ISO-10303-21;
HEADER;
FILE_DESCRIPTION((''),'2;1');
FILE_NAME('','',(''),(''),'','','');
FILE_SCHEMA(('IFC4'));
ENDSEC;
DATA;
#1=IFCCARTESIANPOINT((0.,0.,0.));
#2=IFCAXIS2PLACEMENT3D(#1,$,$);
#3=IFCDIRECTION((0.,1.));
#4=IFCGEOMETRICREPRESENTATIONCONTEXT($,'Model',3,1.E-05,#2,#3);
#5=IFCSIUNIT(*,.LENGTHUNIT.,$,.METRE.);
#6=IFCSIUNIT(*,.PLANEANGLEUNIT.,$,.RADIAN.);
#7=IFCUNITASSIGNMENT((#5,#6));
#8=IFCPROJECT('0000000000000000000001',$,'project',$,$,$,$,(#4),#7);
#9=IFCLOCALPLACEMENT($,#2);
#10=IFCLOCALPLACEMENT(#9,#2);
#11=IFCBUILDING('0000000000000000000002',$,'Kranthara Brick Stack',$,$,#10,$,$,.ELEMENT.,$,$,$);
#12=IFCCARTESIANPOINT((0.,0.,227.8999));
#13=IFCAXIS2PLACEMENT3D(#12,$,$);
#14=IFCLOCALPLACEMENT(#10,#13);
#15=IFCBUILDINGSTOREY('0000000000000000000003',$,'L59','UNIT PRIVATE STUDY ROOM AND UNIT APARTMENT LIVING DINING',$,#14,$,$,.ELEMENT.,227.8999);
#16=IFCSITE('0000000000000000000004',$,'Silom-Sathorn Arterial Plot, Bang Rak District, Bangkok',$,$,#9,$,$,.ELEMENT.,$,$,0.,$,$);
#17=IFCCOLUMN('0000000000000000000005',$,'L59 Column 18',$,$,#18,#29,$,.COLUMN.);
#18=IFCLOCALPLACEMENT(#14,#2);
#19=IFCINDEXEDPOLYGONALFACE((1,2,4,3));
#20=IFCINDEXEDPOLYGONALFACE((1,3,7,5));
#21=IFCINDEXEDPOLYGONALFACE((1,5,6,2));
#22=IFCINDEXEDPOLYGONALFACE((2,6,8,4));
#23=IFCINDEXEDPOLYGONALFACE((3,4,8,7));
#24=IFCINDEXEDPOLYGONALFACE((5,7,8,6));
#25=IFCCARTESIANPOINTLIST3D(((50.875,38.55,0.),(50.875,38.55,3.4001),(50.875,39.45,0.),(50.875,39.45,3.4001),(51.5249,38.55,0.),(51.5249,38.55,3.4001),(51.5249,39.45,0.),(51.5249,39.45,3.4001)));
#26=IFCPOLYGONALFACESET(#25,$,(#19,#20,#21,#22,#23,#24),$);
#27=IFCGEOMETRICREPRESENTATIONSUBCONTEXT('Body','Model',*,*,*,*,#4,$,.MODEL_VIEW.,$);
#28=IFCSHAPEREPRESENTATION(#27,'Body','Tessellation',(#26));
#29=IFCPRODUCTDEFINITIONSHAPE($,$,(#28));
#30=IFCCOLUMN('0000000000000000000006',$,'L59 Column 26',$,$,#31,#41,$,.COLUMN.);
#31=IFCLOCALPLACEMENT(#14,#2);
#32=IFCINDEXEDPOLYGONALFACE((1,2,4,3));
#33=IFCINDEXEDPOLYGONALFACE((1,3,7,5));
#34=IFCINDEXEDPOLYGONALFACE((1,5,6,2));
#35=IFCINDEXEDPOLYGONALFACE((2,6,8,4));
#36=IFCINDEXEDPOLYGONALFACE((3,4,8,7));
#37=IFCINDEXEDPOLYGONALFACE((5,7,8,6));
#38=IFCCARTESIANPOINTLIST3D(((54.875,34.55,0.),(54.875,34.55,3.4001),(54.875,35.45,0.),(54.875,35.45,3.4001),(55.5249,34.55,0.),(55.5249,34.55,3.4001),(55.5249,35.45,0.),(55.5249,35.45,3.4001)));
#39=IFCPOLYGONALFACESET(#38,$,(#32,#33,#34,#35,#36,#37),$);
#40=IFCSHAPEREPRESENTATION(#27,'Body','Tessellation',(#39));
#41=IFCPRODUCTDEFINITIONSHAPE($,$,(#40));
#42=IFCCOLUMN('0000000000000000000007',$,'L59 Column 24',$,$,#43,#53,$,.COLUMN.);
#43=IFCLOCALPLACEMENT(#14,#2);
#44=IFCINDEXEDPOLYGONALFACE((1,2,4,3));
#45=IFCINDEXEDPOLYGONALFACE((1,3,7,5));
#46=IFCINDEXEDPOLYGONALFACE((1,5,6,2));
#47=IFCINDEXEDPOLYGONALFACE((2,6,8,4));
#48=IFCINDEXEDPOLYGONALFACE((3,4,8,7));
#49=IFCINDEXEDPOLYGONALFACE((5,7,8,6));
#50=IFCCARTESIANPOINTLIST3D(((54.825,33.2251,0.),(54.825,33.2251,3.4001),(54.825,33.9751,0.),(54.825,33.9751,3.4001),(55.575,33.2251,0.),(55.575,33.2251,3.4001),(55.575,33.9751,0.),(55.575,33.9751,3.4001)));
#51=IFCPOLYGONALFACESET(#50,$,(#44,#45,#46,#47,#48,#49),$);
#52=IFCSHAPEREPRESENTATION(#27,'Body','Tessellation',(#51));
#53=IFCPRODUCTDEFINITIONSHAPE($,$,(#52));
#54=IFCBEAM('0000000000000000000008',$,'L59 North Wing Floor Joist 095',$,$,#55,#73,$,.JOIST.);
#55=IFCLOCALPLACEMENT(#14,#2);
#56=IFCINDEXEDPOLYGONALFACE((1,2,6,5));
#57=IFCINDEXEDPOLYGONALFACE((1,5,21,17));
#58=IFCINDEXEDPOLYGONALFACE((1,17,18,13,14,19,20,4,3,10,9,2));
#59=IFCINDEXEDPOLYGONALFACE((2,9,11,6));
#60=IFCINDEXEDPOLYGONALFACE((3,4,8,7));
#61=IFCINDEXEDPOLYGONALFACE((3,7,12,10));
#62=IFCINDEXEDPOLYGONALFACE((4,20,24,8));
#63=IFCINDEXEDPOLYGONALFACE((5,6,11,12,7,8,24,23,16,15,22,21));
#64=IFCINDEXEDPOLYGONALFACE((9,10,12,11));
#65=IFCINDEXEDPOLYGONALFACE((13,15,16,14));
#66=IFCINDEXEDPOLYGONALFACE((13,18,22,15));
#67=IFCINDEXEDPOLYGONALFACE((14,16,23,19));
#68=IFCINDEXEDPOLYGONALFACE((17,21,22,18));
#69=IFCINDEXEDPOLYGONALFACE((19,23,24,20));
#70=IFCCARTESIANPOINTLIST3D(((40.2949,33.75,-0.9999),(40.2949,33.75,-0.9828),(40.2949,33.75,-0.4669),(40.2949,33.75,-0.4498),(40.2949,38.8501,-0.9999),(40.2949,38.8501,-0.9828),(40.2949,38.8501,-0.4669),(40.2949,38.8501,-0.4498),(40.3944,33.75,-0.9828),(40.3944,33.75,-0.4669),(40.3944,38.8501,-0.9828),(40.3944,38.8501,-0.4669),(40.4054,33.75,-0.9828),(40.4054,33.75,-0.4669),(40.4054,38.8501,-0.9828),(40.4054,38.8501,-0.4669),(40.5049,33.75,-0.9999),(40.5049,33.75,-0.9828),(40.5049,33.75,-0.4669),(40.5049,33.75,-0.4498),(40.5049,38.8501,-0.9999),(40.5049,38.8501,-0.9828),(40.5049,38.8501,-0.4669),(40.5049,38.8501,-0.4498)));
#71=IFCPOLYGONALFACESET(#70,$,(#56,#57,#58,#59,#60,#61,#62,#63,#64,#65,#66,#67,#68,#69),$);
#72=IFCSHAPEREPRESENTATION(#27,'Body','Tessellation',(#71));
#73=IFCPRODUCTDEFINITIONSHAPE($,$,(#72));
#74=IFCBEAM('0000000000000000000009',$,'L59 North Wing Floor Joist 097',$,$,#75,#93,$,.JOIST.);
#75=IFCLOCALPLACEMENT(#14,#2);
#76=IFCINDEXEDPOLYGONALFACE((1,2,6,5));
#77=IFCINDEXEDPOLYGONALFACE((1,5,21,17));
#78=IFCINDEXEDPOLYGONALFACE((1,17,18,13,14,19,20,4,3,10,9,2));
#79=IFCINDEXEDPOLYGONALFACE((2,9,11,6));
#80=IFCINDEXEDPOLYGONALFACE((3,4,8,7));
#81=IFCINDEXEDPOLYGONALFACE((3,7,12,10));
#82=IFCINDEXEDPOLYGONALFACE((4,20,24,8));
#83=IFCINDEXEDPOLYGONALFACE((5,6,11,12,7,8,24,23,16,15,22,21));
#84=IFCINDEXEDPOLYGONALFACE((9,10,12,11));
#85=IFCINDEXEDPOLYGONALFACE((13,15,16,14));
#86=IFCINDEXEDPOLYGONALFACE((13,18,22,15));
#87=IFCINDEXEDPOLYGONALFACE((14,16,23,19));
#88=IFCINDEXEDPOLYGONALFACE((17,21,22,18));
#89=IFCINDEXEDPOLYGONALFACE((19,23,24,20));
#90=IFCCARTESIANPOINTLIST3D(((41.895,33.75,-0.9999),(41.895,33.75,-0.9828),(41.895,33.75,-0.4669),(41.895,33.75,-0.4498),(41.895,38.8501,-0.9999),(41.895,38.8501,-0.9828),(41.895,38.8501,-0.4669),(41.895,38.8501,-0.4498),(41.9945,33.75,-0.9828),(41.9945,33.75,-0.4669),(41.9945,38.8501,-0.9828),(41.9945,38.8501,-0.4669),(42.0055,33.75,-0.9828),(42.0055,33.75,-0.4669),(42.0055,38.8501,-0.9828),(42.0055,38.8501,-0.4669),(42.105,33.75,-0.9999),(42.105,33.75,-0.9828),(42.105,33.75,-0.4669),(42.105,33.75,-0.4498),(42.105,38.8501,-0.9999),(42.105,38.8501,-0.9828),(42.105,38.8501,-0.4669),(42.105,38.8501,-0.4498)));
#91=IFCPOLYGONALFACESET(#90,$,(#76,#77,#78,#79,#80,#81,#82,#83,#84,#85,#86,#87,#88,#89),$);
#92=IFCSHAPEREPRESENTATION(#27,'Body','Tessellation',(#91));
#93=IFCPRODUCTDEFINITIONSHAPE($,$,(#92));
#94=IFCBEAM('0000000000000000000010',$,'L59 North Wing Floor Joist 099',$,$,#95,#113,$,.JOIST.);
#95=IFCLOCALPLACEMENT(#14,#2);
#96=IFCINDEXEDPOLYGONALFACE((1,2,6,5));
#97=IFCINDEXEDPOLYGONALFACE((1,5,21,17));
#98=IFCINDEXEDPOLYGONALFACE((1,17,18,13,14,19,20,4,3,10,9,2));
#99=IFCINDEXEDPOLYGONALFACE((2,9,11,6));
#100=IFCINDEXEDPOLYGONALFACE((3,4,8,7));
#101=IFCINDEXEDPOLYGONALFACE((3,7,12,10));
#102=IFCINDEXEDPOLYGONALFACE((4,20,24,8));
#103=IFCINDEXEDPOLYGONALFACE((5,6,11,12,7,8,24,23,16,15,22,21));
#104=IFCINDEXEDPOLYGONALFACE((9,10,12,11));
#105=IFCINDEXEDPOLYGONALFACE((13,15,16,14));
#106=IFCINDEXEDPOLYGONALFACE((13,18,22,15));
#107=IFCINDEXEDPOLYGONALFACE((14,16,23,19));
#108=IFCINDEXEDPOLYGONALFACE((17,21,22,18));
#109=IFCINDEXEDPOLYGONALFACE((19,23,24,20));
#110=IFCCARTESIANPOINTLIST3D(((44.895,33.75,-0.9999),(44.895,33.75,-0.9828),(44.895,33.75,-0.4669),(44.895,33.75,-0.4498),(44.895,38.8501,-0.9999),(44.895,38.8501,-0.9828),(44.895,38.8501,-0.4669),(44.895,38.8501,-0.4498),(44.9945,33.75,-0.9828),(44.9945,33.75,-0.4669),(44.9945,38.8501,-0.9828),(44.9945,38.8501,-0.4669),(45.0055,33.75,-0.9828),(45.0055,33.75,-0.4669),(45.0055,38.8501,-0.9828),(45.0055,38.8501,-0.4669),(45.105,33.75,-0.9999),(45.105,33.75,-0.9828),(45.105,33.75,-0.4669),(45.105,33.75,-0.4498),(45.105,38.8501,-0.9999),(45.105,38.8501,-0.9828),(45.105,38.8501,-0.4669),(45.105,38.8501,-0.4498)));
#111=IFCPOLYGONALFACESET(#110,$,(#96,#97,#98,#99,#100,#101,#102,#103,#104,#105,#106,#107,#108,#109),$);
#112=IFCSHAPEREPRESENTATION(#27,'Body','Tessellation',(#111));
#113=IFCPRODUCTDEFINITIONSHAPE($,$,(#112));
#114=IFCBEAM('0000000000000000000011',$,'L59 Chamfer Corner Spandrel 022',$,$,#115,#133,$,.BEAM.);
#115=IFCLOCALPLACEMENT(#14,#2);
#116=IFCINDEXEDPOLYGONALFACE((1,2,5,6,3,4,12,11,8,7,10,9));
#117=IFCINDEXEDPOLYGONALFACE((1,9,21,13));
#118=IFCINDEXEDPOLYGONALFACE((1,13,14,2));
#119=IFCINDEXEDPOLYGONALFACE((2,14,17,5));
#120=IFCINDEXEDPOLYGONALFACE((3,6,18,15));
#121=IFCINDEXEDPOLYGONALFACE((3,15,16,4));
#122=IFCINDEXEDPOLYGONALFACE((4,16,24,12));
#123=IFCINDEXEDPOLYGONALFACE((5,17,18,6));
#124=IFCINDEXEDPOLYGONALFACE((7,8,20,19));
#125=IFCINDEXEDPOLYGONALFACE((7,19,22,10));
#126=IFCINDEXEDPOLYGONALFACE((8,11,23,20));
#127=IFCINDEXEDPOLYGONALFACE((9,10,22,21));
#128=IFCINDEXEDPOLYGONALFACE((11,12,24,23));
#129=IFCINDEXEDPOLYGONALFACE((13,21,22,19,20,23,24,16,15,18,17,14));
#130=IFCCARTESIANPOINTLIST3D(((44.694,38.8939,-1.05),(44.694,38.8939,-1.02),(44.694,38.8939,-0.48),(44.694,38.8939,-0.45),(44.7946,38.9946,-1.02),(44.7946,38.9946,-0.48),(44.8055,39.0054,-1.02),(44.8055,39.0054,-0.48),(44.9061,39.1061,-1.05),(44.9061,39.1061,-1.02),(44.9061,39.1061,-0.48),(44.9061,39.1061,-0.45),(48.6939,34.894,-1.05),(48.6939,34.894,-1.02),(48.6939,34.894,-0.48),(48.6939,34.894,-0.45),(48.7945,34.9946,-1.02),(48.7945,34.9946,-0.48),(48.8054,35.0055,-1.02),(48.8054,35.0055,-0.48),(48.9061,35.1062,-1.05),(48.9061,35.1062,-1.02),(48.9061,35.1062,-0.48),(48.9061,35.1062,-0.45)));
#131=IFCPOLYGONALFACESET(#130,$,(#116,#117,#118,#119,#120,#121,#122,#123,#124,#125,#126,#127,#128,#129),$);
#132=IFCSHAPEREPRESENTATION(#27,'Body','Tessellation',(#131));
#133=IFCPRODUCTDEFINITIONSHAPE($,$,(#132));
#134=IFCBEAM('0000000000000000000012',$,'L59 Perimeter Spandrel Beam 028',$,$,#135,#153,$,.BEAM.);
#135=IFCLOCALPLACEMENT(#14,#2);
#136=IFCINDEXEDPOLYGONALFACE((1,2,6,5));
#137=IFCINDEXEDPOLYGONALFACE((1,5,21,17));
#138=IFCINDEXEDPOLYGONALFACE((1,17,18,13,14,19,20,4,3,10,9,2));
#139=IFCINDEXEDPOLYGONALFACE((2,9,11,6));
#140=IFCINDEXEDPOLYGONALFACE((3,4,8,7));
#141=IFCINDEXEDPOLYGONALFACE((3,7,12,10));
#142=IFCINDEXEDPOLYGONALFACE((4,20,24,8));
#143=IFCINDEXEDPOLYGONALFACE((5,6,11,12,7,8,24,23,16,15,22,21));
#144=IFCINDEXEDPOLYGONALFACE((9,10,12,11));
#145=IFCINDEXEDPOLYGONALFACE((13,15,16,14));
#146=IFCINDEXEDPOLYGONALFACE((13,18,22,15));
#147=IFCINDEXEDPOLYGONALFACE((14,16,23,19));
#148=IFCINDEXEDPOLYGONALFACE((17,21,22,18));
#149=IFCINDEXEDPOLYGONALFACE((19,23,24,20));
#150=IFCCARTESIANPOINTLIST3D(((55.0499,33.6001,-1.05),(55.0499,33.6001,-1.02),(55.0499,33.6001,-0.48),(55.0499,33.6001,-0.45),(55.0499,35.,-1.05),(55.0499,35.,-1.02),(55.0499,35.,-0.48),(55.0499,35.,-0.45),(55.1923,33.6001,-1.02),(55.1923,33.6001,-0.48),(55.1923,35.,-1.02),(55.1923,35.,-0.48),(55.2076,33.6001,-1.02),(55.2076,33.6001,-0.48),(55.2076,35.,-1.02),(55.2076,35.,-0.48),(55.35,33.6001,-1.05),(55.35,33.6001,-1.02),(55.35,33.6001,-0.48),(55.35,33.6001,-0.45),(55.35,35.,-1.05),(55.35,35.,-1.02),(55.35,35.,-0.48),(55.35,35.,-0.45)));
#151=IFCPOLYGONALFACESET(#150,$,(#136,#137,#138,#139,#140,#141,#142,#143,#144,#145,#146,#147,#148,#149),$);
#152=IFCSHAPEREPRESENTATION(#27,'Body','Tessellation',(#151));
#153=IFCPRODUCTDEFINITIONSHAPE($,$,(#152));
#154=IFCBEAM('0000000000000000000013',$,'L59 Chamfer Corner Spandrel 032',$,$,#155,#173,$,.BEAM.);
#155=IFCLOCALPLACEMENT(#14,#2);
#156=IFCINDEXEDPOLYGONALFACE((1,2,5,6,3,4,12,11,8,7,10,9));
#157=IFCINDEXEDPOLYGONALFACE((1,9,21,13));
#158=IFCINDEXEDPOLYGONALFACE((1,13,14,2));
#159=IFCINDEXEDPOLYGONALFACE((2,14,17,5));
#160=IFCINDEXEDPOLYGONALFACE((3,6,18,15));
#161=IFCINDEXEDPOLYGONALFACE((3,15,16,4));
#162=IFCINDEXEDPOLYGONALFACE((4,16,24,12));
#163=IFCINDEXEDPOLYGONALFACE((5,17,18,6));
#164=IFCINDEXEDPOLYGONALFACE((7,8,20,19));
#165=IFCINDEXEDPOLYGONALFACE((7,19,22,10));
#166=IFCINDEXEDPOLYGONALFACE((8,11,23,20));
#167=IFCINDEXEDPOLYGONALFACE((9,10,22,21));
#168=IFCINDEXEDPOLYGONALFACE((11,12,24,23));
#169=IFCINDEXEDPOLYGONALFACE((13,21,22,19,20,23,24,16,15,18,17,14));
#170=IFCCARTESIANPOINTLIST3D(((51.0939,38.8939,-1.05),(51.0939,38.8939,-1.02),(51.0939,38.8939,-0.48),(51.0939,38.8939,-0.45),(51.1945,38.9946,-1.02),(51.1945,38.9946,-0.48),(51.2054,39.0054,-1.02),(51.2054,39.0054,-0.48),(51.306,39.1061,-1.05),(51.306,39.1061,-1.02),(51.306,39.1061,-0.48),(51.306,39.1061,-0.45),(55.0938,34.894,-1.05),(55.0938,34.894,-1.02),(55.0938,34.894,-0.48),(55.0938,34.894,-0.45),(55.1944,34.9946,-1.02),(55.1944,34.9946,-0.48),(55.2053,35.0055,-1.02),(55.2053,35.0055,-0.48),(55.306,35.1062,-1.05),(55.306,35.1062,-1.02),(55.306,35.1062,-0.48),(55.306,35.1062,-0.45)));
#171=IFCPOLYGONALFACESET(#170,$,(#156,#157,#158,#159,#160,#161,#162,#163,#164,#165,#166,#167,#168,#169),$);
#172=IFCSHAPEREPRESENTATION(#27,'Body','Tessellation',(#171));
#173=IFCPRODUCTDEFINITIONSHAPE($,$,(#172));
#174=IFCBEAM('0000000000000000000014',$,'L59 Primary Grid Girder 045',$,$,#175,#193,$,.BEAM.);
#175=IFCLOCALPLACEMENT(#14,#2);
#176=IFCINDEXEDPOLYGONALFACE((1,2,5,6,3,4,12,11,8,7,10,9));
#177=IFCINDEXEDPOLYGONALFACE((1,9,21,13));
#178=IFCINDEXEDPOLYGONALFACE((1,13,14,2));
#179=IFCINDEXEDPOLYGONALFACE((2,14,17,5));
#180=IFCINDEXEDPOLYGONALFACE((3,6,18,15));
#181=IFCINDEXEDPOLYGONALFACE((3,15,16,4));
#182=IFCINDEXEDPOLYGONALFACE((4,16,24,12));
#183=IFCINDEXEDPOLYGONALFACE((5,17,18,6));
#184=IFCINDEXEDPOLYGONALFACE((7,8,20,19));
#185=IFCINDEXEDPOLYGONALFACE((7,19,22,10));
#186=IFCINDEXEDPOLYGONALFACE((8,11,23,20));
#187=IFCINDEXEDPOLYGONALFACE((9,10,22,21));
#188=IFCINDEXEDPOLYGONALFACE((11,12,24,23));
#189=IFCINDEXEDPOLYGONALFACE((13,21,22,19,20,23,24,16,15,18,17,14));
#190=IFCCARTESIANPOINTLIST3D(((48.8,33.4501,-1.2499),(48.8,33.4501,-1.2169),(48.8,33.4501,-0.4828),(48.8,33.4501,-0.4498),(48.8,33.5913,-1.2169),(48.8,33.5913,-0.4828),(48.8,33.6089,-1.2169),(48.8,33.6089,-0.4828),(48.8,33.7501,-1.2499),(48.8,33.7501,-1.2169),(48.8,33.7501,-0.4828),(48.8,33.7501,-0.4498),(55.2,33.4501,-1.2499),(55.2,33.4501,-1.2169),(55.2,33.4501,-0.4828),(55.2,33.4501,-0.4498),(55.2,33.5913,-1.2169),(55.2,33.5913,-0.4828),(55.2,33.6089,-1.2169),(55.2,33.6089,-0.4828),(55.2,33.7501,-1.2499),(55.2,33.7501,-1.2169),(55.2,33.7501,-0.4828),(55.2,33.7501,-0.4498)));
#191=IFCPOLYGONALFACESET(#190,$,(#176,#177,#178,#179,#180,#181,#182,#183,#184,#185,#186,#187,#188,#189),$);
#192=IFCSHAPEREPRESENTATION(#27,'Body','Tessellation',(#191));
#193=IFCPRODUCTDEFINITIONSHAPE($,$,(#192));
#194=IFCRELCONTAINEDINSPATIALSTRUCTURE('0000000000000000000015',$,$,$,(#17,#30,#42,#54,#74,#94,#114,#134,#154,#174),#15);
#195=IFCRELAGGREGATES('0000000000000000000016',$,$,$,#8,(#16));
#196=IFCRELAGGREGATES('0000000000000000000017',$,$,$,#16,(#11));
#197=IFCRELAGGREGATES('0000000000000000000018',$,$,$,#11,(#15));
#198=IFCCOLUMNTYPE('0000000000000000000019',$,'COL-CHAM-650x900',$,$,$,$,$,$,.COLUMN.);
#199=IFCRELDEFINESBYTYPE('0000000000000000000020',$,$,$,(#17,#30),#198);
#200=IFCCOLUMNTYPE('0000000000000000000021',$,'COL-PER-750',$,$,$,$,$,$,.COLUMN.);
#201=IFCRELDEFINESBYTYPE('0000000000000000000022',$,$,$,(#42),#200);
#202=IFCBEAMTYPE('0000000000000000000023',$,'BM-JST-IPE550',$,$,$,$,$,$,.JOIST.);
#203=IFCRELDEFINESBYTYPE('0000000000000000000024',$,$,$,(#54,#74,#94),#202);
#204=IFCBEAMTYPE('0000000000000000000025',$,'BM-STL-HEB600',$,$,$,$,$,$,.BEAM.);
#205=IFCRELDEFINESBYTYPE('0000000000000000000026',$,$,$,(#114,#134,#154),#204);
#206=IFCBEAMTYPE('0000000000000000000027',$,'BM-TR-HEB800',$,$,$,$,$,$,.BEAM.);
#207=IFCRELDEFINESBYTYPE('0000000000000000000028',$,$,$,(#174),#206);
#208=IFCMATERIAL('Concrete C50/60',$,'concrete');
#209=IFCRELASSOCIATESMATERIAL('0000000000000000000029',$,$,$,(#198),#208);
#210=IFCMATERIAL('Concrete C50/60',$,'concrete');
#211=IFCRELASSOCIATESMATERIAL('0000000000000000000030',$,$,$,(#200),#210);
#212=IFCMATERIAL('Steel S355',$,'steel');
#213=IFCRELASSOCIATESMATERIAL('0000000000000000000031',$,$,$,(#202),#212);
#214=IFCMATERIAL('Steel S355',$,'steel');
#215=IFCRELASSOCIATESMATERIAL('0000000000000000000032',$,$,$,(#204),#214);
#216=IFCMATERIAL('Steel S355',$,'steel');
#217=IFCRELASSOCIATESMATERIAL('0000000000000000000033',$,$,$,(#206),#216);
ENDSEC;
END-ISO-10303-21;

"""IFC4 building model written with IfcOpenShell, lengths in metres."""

from ifc_helpers import new_model, si_unit, direction, frame, origin, origin_2d, place, context, subcontext, project, spatial, rectangle, i_section, extrude, material, material_profile, profile_set, type_object, element, save


model = new_model("IFC4")

# Units and contexts
model_context = context("Model", 3, precision=1e-05, world=origin(), true_north=direction((0.0, 1.0)))
body_context = subcontext(model_context, "Body", "Model", "MODEL_VIEW")
ifc_project = project(units=[si_unit("LENGTHUNIT", "METRE"), si_unit("PLANEANGLEUNIT", "RADIAN")], contexts=[model_context])

# Site, building, storey
site_placement = place(None, origin())
site = spatial("IfcSite", under=ifc_project, at=site_placement, Name="Silom-Sathorn Arterial Plot, Bang Rak District, Bangkok", CompositionType="ELEMENT", RefElevation=0.0)
building_placement = place(site_placement, origin())
building = spatial("IfcBuilding", under=site, at=building_placement, Name="Kranthara Brick Stack", CompositionType="ELEMENT")
storey_placement = place(building_placement, frame((0.0, 0.0, 227.8999)))
storey = spatial("IfcBuildingStorey", under=building, at=storey_placement, Name="L59", Description="UNIT PRIVATE STUDY ROOM AND UNIT APARTMENT LIVING DINING", CompositionType="ELEMENT", Elevation=227.8999)

# Columns
ifc_material_1 = material(Name="Concrete C50/60", Category="concrete")
ifc_material_profile_1 = material_profile(ifc_material_1, rectangle(XDim=0.6499, YDim=0.8999, at=origin_2d()), Name="RC 650x900")
ifc_profile_set_1 = profile_set([ifc_material_profile_1], Name="Concrete C50/60")
column_type_1 = type_object("IfcColumnType", Name="COL-CHAM-650x900", PredefinedType="COLUMN", material=ifc_profile_set_1)
for number, where, z_axis, x_axis, name in (
    (1, (51.2, 39.0, 0.0), (0.0, 0.0, 1.0), (1.0, 0.0, 0.0), "L59 Column 18"),
    (2, (55.2, 35.0, 0.0), (0.0, 0.0, 1.0), (1.0, 0.0, 0.0), "L59 Column 26"),
):
    element("IfcColumn", number, at=place(storey_placement, frame(where, z_axis=z_axis, x_axis=x_axis)), inside=storey, type_object=column_type_1, Name=name, PredefinedType="COLUMN", context=body_context, shape_type="SweptSolid", body=[
        extrude(rectangle(XDim=0.6499, YDim=0.8999, at=origin_2d()), origin(), (0.0, 0.0, 1.0), 3.4001),
    ])
ifc_material_2 = material(Name="Concrete C50/60", Category="concrete")
ifc_material_profile_2 = material_profile(ifc_material_2, rectangle(XDim=0.75, YDim=0.75, at=origin_2d()), Name="RC 750x750")
ifc_profile_set_2 = profile_set([ifc_material_profile_2], Name="Concrete C50/60")
column_type_2 = type_object("IfcColumnType", Name="COL-PER-750", PredefinedType="COLUMN", material=ifc_profile_set_2)
column_placement = place(storey_placement, frame((55.2, 33.6001, 0.0), z_axis=(0.0, 0.0, 1.0), x_axis=(1.0, 0.0, 0.0)))
element("IfcColumn", 3, at=column_placement, inside=storey, type_object=column_type_2, Name="L59 Column 24", PredefinedType="COLUMN", context=body_context, shape_type="SweptSolid", body=[
    extrude(rectangle(XDim=0.75, YDim=0.75, at=origin_2d()), origin(), (0.0, 0.0, 1.0), 3.4001),
])

# Beams
ifc_material_3 = material(Name="Steel S355", Category="steel")
ifc_material_profile_3 = material_profile(ifc_material_3, i_section(OverallWidth=0.21, OverallDepth=0.55, WebThickness=0.011, FlangeThickness=0.0171, at=origin_2d()), Name="IPE 550")
ifc_profile_set_3 = profile_set([ifc_material_profile_3], Name="Steel S355")
beam_type_1 = type_object("IfcBeamType", Name="BM-JST-IPE550", PredefinedType="JOIST", material=ifc_profile_set_3)
for number, where, z_axis, x_axis, name in (
    (4, (40.3999, 33.75, -0.7249), (0.0, 1.0, 0.0), (-1.0, 0.0, 0.0), "L59 North Wing Floor Joist 095"),
    (5, (42.0, 33.75, -0.7249), (0.0, 1.0, 0.0), (-1.0, 0.0, 0.0), "L59 North Wing Floor Joist 097"),
    (6, (45.0, 33.75, -0.7249), (0.0, 1.0, 0.0), (-1.0, 0.0, 0.0), "L59 North Wing Floor Joist 099"),
):
    element("IfcBeam", number, at=place(storey_placement, frame(where, z_axis=z_axis, x_axis=x_axis)), inside=storey, type_object=beam_type_1, Name=name, PredefinedType="JOIST", context=body_context, shape_type="SweptSolid", body=[
        extrude(i_section(OverallWidth=0.21, OverallDepth=0.55, WebThickness=0.011, FlangeThickness=0.0171, at=origin_2d()), origin(), (0.0, 0.0, 1.0), 5.1001),
    ])
ifc_material_4 = material(Name="Steel S355", Category="steel")
ifc_material_profile_4 = material_profile(ifc_material_4, i_section(OverallWidth=0.3, OverallDepth=0.6001, WebThickness=0.0154, FlangeThickness=0.03, at=origin_2d()), Name="HEB 600")
ifc_profile_set_4 = profile_set([ifc_material_profile_4], Name="Steel S355")
beam_type_2 = type_object("IfcBeamType", Name="BM-STL-HEB600", PredefinedType="BEAM", material=ifc_profile_set_4)
beam_1_placement = place(storey_placement, frame((44.8, 39.0, -0.75), z_axis=(0.707107, -0.707107, 0.0), x_axis=(0.707107, 0.707107, 0.0)))
element("IfcBeam", 7, at=beam_1_placement, inside=storey, type_object=beam_type_2, Name="L59 Chamfer Corner Spandrel 022", PredefinedType="BEAM", context=body_context, shape_type="SweptSolid", body=[
    extrude(i_section(OverallWidth=0.3, OverallDepth=0.6001, WebThickness=0.0154, FlangeThickness=0.03, at=origin_2d()), origin(), (0.0, 0.0, 1.0), 5.6567),
])
beam_2_placement = place(storey_placement, frame((55.2, 33.6001, -0.75), z_axis=(0.0, 1.0, 0.0), x_axis=(-1.0, 0.0, 0.0)))
element("IfcBeam", 8, at=beam_2_placement, inside=storey, type_object=beam_type_2, Name="L59 Perimeter Spandrel Beam 028", PredefinedType="BEAM", context=body_context, shape_type="SweptSolid", body=[
    extrude(i_section(OverallWidth=0.3, OverallDepth=0.6001, WebThickness=0.0154, FlangeThickness=0.03, at=origin_2d()), origin(), (0.0, 0.0, 1.0), 1.3999),
])
beam_3_placement = place(storey_placement, frame((51.2, 39.0, -0.75), z_axis=(0.707107, -0.707107, 0.0), x_axis=(0.707107, 0.707107, 0.0)))
element("IfcBeam", 9, at=beam_3_placement, inside=storey, type_object=beam_type_2, Name="L59 Chamfer Corner Spandrel 032", PredefinedType="BEAM", context=body_context, shape_type="SweptSolid", body=[
    extrude(i_section(OverallWidth=0.3, OverallDepth=0.6001, WebThickness=0.0154, FlangeThickness=0.03, at=origin_2d()), origin(), (0.0, 0.0, 1.0), 5.6567),
])
ifc_material_5 = material(Name="Steel S355", Category="steel")
ifc_material_profile_5 = material_profile(ifc_material_5, i_section(OverallWidth=0.3, OverallDepth=0.8, WebThickness=0.0176, FlangeThickness=0.033, at=origin_2d()), Name="HEB 800")
ifc_profile_set_5 = profile_set([ifc_material_profile_5], Name="Steel S355")
beam_type_3 = type_object("IfcBeamType", Name="BM-TR-HEB800", PredefinedType="BEAM", material=ifc_profile_set_5)
beam_4_placement = place(storey_placement, frame((48.8, 33.6001, -0.8499), z_axis=(1.0, 0.0, 0.0), x_axis=(0.0, 1.0, 0.0)))
element("IfcBeam", 10, at=beam_4_placement, inside=storey, type_object=beam_type_3, Name="L59 Primary Grid Girder 045", PredefinedType="BEAM", context=body_context, shape_type="SweptSolid", body=[
    extrude(i_section(OverallWidth=0.3, OverallDepth=0.8, WebThickness=0.0176, FlangeThickness=0.033, at=origin_2d()), origin(), (0.0, 0.0, 1.0), 6.3999),
])

save(model, "model.ifc")
